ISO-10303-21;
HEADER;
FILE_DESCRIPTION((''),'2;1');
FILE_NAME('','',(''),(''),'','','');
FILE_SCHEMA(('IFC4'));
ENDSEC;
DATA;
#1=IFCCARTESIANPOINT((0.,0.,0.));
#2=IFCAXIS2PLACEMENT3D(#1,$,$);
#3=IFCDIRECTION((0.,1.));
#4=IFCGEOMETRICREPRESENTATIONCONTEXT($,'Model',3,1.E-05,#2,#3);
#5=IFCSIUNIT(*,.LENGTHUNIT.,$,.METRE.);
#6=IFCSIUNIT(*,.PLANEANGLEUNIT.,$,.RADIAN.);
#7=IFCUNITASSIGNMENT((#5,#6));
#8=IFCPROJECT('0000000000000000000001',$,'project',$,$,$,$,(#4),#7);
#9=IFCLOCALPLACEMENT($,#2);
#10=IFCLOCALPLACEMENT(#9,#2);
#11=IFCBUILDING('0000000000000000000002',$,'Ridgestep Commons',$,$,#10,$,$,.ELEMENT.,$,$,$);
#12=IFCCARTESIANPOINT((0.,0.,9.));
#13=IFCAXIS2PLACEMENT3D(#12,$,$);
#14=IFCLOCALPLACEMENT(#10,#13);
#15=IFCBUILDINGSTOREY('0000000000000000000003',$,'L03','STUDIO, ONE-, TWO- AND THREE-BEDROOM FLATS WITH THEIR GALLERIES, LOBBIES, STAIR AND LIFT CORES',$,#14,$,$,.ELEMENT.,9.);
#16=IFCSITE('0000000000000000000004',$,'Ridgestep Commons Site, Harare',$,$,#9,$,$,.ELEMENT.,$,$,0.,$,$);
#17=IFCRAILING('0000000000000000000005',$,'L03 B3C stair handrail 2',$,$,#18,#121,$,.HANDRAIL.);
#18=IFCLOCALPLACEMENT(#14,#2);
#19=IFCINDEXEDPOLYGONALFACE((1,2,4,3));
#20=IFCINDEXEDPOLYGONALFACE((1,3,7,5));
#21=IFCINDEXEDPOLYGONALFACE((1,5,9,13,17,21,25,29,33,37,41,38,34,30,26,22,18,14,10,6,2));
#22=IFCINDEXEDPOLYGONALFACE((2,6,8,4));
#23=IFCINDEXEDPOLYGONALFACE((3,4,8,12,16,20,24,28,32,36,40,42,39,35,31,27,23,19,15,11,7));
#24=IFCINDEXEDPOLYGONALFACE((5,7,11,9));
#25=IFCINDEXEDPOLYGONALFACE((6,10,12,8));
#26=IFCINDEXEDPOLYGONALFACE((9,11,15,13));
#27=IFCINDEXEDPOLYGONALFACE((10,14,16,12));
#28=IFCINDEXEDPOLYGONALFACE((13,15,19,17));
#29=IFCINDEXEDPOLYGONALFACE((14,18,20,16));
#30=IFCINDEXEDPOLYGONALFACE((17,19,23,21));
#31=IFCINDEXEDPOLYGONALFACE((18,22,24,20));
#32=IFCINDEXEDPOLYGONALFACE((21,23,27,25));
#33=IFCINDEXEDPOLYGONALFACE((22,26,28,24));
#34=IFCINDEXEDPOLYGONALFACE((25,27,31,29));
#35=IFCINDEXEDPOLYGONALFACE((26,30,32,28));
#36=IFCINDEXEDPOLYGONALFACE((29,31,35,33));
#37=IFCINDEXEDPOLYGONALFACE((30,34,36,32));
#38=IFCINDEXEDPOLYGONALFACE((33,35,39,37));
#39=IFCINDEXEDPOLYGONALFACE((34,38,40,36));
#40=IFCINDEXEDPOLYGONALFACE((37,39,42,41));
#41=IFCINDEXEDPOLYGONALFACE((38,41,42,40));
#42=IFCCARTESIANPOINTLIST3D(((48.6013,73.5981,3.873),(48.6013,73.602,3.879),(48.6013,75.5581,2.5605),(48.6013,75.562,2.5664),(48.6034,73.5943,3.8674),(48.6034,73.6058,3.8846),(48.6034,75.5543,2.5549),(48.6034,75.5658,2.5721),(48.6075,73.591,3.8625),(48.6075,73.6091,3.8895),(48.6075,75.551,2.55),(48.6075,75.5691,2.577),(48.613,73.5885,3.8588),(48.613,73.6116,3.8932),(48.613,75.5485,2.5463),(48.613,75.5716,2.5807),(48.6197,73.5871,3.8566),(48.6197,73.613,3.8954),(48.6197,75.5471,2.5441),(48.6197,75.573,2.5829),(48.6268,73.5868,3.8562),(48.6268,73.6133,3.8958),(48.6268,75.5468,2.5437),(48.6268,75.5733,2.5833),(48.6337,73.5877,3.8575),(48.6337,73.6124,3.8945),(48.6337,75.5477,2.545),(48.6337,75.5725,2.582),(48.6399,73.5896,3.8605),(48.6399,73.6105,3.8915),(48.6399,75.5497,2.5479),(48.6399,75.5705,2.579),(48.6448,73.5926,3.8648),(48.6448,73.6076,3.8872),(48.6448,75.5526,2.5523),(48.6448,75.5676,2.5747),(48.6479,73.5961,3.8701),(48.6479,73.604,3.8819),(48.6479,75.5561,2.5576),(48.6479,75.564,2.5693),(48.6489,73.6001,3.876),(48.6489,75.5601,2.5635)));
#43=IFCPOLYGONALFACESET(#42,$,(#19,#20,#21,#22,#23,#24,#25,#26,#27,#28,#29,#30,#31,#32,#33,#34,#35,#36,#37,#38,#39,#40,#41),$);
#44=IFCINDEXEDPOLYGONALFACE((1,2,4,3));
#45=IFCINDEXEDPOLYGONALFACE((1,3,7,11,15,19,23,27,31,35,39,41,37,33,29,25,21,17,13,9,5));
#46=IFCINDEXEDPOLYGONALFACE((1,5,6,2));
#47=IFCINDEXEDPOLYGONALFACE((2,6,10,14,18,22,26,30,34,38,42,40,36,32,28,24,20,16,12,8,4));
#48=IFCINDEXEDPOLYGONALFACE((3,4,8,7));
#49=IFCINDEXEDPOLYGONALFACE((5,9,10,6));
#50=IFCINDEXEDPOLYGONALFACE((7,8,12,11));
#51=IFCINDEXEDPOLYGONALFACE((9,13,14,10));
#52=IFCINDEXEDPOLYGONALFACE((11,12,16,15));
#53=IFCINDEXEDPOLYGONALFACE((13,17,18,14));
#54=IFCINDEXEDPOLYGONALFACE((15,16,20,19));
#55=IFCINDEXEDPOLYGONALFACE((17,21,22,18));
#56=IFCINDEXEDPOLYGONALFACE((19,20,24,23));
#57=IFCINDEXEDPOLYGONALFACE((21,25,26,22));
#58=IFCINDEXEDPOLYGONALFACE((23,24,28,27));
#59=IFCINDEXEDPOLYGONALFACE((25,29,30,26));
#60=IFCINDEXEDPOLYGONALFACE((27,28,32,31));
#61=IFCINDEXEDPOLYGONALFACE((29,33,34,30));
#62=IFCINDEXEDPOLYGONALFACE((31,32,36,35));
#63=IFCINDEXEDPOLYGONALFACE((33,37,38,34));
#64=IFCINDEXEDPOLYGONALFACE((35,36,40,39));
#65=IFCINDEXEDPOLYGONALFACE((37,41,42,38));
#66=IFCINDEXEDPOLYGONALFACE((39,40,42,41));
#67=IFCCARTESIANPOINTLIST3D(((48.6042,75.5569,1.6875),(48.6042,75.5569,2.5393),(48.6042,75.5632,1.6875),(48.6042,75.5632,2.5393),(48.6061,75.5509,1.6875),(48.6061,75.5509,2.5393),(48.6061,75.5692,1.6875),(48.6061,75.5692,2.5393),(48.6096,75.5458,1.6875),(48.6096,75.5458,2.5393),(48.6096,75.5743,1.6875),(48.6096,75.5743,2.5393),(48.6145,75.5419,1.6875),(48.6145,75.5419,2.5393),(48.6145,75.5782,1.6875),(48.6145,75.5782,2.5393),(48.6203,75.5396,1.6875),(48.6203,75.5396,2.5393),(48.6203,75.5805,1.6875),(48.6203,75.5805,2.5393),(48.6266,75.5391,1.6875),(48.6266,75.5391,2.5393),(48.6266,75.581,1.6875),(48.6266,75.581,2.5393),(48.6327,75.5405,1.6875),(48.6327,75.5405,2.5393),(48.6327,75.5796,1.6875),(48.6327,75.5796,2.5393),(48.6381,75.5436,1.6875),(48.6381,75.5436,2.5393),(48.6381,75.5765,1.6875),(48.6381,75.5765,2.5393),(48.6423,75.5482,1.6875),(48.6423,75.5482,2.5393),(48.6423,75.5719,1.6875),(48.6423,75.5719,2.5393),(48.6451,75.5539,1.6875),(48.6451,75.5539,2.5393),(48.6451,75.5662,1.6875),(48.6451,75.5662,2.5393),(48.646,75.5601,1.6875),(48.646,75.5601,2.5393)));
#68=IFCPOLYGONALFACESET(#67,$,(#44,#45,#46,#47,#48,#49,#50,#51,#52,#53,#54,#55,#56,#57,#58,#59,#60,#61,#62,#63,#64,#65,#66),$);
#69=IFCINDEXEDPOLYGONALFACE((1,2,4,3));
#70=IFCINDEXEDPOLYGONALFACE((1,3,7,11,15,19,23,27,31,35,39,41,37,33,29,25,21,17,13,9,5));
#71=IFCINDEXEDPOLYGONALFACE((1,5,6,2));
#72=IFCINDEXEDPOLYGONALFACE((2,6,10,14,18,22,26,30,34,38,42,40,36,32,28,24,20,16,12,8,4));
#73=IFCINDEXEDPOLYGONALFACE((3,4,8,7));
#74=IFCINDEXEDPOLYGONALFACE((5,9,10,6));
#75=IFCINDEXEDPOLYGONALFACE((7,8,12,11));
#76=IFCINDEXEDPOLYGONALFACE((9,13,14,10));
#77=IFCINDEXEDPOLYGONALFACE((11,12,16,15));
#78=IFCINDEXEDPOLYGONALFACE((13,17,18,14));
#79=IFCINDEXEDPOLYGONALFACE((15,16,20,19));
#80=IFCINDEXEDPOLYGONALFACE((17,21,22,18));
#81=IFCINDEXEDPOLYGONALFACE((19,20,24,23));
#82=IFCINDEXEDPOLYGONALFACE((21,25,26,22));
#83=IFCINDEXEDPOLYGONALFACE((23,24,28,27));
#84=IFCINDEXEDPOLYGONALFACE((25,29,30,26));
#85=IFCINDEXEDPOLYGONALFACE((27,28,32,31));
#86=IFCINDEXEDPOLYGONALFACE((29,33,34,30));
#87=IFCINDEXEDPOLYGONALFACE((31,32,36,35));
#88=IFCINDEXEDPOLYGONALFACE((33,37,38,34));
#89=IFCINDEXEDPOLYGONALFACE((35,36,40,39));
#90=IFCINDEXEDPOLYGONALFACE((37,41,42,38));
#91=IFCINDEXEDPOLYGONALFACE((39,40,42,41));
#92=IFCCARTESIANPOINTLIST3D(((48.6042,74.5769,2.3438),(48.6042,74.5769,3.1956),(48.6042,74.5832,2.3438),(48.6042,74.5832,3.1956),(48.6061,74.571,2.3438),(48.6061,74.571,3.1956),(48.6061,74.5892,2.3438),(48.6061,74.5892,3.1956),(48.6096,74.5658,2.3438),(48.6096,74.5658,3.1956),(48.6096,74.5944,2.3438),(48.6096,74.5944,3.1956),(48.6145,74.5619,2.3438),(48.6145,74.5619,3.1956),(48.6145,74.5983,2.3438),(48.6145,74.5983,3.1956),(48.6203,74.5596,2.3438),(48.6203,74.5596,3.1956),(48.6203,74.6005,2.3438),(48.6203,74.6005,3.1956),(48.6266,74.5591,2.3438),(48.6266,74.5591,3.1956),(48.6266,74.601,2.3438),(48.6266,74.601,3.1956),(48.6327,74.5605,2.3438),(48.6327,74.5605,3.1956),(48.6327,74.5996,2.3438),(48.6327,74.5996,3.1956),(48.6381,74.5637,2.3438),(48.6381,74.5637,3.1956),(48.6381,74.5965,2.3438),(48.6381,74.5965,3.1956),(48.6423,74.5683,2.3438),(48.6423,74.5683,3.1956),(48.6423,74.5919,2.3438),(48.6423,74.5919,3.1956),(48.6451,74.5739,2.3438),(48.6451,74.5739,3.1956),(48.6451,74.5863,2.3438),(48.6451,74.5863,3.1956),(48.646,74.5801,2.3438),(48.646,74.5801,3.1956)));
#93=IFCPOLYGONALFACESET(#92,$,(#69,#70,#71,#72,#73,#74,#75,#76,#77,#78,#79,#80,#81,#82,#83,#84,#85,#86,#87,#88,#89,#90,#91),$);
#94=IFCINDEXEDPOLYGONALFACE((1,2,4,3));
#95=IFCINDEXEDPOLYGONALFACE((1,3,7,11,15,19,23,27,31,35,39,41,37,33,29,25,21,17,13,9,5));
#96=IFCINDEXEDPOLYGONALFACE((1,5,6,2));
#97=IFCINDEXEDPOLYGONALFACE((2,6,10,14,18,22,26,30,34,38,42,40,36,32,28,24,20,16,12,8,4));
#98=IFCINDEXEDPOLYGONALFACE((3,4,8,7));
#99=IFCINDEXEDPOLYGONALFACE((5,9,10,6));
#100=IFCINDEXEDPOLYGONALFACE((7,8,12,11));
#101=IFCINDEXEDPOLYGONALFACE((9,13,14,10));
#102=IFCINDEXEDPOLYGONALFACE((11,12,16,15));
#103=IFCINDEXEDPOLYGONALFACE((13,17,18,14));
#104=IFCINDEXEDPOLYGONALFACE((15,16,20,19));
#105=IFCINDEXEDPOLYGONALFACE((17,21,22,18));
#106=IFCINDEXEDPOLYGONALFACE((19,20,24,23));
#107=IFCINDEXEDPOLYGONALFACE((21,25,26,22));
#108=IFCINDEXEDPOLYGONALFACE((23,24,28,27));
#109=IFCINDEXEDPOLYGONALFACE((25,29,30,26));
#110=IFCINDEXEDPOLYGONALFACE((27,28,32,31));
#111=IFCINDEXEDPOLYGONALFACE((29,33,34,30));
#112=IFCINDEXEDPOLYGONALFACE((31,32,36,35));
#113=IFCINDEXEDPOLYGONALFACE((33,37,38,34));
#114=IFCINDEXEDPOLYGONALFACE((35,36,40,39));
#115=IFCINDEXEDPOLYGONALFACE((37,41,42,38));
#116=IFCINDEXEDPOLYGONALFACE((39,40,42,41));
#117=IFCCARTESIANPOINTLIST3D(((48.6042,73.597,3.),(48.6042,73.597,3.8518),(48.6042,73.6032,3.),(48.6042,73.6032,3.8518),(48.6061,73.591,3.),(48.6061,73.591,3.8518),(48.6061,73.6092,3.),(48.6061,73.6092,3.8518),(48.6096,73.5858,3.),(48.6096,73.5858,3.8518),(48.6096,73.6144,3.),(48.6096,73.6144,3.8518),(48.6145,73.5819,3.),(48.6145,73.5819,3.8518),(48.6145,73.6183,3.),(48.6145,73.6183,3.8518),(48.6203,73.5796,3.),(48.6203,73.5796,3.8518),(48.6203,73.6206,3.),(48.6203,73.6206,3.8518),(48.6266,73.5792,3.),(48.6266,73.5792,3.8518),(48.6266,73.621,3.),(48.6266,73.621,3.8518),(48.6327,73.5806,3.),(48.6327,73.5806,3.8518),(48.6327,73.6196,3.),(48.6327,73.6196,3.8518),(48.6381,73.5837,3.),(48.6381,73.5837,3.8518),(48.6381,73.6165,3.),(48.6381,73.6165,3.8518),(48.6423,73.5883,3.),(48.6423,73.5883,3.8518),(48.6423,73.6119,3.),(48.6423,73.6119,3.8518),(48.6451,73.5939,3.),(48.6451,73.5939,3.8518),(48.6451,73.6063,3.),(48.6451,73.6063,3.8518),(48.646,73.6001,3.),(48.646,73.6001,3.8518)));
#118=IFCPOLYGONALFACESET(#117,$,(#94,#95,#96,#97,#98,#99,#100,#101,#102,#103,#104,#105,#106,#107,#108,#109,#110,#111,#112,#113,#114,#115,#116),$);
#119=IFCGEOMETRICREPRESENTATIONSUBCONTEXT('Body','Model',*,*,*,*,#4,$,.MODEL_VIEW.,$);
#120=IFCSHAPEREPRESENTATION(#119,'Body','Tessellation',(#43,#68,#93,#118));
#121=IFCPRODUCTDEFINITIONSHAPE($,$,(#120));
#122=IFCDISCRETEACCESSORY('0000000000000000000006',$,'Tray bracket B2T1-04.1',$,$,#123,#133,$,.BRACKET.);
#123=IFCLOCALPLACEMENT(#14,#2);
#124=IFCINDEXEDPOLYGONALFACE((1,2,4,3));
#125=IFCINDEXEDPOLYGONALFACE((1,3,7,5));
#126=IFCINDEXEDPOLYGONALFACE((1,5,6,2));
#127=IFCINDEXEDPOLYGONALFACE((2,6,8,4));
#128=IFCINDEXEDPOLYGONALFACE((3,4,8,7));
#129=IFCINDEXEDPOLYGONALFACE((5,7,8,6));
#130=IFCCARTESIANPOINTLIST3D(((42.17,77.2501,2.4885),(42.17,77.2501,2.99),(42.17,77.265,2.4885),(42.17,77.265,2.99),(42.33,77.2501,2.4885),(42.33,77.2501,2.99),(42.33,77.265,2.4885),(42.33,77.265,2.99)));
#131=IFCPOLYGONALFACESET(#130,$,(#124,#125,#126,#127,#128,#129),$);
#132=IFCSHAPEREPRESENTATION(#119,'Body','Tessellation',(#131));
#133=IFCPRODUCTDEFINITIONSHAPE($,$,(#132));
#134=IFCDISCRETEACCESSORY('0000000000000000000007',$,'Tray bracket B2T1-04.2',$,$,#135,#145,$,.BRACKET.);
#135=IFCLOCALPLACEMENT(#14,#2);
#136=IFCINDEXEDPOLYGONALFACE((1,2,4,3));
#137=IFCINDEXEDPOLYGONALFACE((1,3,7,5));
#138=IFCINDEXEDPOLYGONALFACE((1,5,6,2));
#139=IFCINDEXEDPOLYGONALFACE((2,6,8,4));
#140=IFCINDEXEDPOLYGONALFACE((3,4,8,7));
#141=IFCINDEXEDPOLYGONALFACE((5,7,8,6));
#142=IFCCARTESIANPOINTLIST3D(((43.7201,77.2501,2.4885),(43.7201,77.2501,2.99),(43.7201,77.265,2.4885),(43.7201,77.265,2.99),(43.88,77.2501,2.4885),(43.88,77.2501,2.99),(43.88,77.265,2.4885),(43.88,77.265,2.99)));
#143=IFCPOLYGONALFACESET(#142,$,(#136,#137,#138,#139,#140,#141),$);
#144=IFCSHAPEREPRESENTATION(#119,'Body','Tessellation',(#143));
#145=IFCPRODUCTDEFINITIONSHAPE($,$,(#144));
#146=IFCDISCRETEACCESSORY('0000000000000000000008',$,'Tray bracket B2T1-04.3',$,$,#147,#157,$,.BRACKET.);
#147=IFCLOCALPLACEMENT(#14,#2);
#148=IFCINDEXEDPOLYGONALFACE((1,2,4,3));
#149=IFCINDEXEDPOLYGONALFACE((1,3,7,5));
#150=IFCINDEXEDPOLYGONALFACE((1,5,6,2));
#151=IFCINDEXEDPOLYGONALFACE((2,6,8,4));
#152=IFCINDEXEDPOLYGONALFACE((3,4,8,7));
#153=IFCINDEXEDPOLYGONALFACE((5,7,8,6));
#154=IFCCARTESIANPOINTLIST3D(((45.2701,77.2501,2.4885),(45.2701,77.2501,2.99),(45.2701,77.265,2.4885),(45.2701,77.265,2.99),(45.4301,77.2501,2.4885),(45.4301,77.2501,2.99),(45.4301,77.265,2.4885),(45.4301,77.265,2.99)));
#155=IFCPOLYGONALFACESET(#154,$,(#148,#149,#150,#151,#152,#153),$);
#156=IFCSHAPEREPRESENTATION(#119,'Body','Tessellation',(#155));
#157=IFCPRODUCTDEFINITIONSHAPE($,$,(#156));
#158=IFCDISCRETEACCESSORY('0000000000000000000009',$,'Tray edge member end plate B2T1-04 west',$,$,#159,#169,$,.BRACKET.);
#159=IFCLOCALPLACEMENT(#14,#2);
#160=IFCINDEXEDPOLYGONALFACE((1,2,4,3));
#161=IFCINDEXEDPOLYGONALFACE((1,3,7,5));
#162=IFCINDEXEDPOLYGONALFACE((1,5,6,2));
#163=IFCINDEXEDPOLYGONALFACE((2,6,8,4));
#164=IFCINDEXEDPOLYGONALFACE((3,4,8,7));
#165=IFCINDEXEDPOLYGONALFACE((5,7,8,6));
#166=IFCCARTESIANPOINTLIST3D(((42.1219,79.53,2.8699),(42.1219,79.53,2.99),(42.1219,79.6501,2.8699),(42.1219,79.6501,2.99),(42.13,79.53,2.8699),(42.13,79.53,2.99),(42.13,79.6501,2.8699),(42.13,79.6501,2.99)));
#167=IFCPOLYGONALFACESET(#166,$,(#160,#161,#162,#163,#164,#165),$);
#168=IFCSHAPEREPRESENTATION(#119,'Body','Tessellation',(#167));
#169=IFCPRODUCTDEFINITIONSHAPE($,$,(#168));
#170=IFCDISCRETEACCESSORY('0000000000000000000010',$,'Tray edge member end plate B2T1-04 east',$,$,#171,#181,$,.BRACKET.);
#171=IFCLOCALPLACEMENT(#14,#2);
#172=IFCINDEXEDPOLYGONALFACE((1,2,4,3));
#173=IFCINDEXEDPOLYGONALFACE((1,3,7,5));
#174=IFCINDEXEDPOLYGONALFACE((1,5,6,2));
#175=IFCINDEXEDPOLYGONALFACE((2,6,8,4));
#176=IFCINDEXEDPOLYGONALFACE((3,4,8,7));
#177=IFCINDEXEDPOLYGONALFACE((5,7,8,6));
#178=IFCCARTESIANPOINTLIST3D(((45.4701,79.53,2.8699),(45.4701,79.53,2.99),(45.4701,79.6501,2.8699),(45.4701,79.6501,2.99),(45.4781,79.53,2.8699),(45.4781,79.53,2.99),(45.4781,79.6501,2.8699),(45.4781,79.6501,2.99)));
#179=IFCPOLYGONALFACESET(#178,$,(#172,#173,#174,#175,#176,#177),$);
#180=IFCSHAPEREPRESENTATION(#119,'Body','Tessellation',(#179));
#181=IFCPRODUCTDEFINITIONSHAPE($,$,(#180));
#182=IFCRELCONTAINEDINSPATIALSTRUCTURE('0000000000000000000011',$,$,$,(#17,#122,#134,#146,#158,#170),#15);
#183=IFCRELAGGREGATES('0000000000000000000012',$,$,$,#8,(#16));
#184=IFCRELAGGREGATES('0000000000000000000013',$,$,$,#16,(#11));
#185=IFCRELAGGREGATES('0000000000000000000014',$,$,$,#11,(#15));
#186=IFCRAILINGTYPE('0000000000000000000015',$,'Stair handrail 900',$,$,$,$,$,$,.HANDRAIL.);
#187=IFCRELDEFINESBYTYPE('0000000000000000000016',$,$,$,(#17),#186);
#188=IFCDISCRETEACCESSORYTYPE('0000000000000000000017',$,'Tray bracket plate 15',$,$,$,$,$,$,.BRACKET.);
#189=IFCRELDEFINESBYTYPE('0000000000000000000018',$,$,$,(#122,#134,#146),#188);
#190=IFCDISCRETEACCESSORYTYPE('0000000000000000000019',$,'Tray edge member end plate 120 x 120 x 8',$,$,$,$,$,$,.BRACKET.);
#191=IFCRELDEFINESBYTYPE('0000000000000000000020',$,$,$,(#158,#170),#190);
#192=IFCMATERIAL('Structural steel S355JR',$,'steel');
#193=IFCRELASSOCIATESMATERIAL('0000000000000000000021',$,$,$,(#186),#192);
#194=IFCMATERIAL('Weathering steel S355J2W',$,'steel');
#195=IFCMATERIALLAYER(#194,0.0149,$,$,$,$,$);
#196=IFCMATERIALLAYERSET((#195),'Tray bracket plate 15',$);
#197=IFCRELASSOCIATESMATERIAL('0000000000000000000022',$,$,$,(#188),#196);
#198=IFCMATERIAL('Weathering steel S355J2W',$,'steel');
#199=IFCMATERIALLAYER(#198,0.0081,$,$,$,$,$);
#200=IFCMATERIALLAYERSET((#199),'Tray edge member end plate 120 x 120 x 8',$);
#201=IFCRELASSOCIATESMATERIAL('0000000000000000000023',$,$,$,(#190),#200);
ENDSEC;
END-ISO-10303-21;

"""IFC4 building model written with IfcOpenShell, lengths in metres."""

from ifc_helpers import new_model, si_unit, direction, frame, origin, origin_2d, place, context, subcontext, project, spatial, rectangle, circle, extrude, material, layer, layer_set, type_object, element, save


model = new_model("IFC4")

# Units and contexts
model_context = context("Model", 3, precision=1e-05, world=origin(), true_north=direction((0.0, 1.0)))
body_context = subcontext(model_context, "Body", "Model", "MODEL_VIEW")
ifc_project = project(units=[si_unit("LENGTHUNIT", "METRE"), si_unit("PLANEANGLEUNIT", "RADIAN")], contexts=[model_context])

# Site, building, storey
site_placement = place(None, origin())
site = spatial("IfcSite", under=ifc_project, at=site_placement, Name="Ridgestep Commons Site, Harare", CompositionType="ELEMENT", RefElevation=0.0)
building_placement = place(site_placement, origin())
building = spatial("IfcBuilding", under=site, at=building_placement, Name="Ridgestep Commons", CompositionType="ELEMENT")
storey_placement = place(building_placement, frame((0.0, 0.0, 9.0)))
storey = spatial("IfcBuildingStorey", under=building, at=storey_placement, Name="L03", Description="STUDIO, ONE-, TWO- AND THREE-BEDROOM FLATS WITH THEIR GALLERIES, LOBBIES, STAIR AND LIFT CORES", CompositionType="ELEMENT", Elevation=9.0)

# Railing
ifc_material_1 = material(Name="Structural steel S355JR", Category="steel")
railing_type_1 = type_object("IfcRailingType", Name="Stair handrail 900", PredefinedType="HANDRAIL", material=ifc_material_1)
railing_1_placement = place(storey_placement, frame((48.625, 75.5601, 1.6875)))
element("IfcRailing", 1, at=railing_1_placement, inside=storey, type_object=railing_type_1, Name="L03 B3C stair handrail 2", PredefinedType="HANDRAIL", context=body_context, shape_type="SweptSolid", body=[
    extrude(circle(Radius=0.0239, at=origin_2d()), frame((0.0, 0.0, 0.876), z_axis=(0.0, -0.830902, 0.556419), x_axis=(1.0, 0.0, 0.0)), (0.0, 0.0, 1.0), 2.3589),
    extrude(circle(Radius=0.021, at=origin_2d()), origin(), (0.0, 0.0, 1.0), 0.8518),
    extrude(circle(Radius=0.021, at=origin_2d()), frame((0.0, -0.98, 0.6562)), (0.0, 0.0, 1.0), 0.8518),
    extrude(circle(Radius=0.021, at=origin_2d()), frame((0.0, -1.96, 1.3125)), (0.0, 0.0, 1.0), 0.8518),
])

# Discrete accessories
ifc_material_2 = material(Name="Weathering steel S355J2W", Category="steel")
ifc_layer_1 = layer(ifc_material_2, 0.0149)
ifc_layer_set_1 = layer_set([ifc_layer_1], Name="Tray bracket plate 15")
discrete_accessory_type_1 = type_object("IfcDiscreteAccessoryType", Name="Tray bracket plate 15", PredefinedType="BRACKET", material=ifc_layer_set_1)
for number, where, z_axis, x_axis, name in (
    (2, (42.25, 77.2576, 2.4885), (0.0, 0.0, 1.0), (1.0, 0.0, 0.0), "Tray bracket B2T1-04.1"),
    (3, (43.8, 77.2576, 2.4885), (0.0, 0.0, 1.0), (1.0, 0.0, 0.0), "Tray bracket B2T1-04.2"),
    (4, (45.3501, 77.2576, 2.4885), (0.0, 0.0, 1.0), (1.0, 0.0, 0.0), "Tray bracket B2T1-04.3"),
):
    element("IfcDiscreteAccessory", number, at=place(storey_placement, frame(where, z_axis=z_axis, x_axis=x_axis)), inside=storey, type_object=discrete_accessory_type_1, Name=name, PredefinedType="BRACKET", context=body_context, shape_type="SweptSolid", body=[
        extrude(rectangle(XDim=0.1599, YDim=0.0149, at=origin_2d()), origin(), (0.0, 0.0, 1.0), 0.5015),
    ])
ifc_material_3 = material(Name="Weathering steel S355J2W", Category="steel")
ifc_layer_2 = layer(ifc_material_3, 0.0081)
ifc_layer_set_2 = layer_set([ifc_layer_2], Name="Tray edge member end plate 120 x 120 x 8")
discrete_accessory_type_2 = type_object("IfcDiscreteAccessoryType", Name="Tray edge member end plate 120 x 120 x 8", PredefinedType="BRACKET", material=ifc_layer_set_2)
for number, where, z_axis, x_axis, name in (
    (5, (42.126, 79.5901, 2.8699), (0.0, 0.0, 1.0), (1.0, 0.0, 0.0), "Tray edge member end plate B2T1-04 west"),
    (6, (45.4741, 79.5901, 2.8699), (0.0, 0.0, 1.0), (1.0, 0.0, 0.0), "Tray edge member end plate B2T1-04 east"),
):
    element("IfcDiscreteAccessory", number, at=place(storey_placement, frame(where, z_axis=z_axis, x_axis=x_axis)), inside=storey, type_object=discrete_accessory_type_2, Name=name, PredefinedType="BRACKET", context=body_context, shape_type="SweptSolid", body=[
        extrude(rectangle(XDim=0.0081, YDim=0.1201, at=origin_2d()), origin(), (0.0, 0.0, 1.0), 0.1201),
    ])

save(model, "model.ifc")
